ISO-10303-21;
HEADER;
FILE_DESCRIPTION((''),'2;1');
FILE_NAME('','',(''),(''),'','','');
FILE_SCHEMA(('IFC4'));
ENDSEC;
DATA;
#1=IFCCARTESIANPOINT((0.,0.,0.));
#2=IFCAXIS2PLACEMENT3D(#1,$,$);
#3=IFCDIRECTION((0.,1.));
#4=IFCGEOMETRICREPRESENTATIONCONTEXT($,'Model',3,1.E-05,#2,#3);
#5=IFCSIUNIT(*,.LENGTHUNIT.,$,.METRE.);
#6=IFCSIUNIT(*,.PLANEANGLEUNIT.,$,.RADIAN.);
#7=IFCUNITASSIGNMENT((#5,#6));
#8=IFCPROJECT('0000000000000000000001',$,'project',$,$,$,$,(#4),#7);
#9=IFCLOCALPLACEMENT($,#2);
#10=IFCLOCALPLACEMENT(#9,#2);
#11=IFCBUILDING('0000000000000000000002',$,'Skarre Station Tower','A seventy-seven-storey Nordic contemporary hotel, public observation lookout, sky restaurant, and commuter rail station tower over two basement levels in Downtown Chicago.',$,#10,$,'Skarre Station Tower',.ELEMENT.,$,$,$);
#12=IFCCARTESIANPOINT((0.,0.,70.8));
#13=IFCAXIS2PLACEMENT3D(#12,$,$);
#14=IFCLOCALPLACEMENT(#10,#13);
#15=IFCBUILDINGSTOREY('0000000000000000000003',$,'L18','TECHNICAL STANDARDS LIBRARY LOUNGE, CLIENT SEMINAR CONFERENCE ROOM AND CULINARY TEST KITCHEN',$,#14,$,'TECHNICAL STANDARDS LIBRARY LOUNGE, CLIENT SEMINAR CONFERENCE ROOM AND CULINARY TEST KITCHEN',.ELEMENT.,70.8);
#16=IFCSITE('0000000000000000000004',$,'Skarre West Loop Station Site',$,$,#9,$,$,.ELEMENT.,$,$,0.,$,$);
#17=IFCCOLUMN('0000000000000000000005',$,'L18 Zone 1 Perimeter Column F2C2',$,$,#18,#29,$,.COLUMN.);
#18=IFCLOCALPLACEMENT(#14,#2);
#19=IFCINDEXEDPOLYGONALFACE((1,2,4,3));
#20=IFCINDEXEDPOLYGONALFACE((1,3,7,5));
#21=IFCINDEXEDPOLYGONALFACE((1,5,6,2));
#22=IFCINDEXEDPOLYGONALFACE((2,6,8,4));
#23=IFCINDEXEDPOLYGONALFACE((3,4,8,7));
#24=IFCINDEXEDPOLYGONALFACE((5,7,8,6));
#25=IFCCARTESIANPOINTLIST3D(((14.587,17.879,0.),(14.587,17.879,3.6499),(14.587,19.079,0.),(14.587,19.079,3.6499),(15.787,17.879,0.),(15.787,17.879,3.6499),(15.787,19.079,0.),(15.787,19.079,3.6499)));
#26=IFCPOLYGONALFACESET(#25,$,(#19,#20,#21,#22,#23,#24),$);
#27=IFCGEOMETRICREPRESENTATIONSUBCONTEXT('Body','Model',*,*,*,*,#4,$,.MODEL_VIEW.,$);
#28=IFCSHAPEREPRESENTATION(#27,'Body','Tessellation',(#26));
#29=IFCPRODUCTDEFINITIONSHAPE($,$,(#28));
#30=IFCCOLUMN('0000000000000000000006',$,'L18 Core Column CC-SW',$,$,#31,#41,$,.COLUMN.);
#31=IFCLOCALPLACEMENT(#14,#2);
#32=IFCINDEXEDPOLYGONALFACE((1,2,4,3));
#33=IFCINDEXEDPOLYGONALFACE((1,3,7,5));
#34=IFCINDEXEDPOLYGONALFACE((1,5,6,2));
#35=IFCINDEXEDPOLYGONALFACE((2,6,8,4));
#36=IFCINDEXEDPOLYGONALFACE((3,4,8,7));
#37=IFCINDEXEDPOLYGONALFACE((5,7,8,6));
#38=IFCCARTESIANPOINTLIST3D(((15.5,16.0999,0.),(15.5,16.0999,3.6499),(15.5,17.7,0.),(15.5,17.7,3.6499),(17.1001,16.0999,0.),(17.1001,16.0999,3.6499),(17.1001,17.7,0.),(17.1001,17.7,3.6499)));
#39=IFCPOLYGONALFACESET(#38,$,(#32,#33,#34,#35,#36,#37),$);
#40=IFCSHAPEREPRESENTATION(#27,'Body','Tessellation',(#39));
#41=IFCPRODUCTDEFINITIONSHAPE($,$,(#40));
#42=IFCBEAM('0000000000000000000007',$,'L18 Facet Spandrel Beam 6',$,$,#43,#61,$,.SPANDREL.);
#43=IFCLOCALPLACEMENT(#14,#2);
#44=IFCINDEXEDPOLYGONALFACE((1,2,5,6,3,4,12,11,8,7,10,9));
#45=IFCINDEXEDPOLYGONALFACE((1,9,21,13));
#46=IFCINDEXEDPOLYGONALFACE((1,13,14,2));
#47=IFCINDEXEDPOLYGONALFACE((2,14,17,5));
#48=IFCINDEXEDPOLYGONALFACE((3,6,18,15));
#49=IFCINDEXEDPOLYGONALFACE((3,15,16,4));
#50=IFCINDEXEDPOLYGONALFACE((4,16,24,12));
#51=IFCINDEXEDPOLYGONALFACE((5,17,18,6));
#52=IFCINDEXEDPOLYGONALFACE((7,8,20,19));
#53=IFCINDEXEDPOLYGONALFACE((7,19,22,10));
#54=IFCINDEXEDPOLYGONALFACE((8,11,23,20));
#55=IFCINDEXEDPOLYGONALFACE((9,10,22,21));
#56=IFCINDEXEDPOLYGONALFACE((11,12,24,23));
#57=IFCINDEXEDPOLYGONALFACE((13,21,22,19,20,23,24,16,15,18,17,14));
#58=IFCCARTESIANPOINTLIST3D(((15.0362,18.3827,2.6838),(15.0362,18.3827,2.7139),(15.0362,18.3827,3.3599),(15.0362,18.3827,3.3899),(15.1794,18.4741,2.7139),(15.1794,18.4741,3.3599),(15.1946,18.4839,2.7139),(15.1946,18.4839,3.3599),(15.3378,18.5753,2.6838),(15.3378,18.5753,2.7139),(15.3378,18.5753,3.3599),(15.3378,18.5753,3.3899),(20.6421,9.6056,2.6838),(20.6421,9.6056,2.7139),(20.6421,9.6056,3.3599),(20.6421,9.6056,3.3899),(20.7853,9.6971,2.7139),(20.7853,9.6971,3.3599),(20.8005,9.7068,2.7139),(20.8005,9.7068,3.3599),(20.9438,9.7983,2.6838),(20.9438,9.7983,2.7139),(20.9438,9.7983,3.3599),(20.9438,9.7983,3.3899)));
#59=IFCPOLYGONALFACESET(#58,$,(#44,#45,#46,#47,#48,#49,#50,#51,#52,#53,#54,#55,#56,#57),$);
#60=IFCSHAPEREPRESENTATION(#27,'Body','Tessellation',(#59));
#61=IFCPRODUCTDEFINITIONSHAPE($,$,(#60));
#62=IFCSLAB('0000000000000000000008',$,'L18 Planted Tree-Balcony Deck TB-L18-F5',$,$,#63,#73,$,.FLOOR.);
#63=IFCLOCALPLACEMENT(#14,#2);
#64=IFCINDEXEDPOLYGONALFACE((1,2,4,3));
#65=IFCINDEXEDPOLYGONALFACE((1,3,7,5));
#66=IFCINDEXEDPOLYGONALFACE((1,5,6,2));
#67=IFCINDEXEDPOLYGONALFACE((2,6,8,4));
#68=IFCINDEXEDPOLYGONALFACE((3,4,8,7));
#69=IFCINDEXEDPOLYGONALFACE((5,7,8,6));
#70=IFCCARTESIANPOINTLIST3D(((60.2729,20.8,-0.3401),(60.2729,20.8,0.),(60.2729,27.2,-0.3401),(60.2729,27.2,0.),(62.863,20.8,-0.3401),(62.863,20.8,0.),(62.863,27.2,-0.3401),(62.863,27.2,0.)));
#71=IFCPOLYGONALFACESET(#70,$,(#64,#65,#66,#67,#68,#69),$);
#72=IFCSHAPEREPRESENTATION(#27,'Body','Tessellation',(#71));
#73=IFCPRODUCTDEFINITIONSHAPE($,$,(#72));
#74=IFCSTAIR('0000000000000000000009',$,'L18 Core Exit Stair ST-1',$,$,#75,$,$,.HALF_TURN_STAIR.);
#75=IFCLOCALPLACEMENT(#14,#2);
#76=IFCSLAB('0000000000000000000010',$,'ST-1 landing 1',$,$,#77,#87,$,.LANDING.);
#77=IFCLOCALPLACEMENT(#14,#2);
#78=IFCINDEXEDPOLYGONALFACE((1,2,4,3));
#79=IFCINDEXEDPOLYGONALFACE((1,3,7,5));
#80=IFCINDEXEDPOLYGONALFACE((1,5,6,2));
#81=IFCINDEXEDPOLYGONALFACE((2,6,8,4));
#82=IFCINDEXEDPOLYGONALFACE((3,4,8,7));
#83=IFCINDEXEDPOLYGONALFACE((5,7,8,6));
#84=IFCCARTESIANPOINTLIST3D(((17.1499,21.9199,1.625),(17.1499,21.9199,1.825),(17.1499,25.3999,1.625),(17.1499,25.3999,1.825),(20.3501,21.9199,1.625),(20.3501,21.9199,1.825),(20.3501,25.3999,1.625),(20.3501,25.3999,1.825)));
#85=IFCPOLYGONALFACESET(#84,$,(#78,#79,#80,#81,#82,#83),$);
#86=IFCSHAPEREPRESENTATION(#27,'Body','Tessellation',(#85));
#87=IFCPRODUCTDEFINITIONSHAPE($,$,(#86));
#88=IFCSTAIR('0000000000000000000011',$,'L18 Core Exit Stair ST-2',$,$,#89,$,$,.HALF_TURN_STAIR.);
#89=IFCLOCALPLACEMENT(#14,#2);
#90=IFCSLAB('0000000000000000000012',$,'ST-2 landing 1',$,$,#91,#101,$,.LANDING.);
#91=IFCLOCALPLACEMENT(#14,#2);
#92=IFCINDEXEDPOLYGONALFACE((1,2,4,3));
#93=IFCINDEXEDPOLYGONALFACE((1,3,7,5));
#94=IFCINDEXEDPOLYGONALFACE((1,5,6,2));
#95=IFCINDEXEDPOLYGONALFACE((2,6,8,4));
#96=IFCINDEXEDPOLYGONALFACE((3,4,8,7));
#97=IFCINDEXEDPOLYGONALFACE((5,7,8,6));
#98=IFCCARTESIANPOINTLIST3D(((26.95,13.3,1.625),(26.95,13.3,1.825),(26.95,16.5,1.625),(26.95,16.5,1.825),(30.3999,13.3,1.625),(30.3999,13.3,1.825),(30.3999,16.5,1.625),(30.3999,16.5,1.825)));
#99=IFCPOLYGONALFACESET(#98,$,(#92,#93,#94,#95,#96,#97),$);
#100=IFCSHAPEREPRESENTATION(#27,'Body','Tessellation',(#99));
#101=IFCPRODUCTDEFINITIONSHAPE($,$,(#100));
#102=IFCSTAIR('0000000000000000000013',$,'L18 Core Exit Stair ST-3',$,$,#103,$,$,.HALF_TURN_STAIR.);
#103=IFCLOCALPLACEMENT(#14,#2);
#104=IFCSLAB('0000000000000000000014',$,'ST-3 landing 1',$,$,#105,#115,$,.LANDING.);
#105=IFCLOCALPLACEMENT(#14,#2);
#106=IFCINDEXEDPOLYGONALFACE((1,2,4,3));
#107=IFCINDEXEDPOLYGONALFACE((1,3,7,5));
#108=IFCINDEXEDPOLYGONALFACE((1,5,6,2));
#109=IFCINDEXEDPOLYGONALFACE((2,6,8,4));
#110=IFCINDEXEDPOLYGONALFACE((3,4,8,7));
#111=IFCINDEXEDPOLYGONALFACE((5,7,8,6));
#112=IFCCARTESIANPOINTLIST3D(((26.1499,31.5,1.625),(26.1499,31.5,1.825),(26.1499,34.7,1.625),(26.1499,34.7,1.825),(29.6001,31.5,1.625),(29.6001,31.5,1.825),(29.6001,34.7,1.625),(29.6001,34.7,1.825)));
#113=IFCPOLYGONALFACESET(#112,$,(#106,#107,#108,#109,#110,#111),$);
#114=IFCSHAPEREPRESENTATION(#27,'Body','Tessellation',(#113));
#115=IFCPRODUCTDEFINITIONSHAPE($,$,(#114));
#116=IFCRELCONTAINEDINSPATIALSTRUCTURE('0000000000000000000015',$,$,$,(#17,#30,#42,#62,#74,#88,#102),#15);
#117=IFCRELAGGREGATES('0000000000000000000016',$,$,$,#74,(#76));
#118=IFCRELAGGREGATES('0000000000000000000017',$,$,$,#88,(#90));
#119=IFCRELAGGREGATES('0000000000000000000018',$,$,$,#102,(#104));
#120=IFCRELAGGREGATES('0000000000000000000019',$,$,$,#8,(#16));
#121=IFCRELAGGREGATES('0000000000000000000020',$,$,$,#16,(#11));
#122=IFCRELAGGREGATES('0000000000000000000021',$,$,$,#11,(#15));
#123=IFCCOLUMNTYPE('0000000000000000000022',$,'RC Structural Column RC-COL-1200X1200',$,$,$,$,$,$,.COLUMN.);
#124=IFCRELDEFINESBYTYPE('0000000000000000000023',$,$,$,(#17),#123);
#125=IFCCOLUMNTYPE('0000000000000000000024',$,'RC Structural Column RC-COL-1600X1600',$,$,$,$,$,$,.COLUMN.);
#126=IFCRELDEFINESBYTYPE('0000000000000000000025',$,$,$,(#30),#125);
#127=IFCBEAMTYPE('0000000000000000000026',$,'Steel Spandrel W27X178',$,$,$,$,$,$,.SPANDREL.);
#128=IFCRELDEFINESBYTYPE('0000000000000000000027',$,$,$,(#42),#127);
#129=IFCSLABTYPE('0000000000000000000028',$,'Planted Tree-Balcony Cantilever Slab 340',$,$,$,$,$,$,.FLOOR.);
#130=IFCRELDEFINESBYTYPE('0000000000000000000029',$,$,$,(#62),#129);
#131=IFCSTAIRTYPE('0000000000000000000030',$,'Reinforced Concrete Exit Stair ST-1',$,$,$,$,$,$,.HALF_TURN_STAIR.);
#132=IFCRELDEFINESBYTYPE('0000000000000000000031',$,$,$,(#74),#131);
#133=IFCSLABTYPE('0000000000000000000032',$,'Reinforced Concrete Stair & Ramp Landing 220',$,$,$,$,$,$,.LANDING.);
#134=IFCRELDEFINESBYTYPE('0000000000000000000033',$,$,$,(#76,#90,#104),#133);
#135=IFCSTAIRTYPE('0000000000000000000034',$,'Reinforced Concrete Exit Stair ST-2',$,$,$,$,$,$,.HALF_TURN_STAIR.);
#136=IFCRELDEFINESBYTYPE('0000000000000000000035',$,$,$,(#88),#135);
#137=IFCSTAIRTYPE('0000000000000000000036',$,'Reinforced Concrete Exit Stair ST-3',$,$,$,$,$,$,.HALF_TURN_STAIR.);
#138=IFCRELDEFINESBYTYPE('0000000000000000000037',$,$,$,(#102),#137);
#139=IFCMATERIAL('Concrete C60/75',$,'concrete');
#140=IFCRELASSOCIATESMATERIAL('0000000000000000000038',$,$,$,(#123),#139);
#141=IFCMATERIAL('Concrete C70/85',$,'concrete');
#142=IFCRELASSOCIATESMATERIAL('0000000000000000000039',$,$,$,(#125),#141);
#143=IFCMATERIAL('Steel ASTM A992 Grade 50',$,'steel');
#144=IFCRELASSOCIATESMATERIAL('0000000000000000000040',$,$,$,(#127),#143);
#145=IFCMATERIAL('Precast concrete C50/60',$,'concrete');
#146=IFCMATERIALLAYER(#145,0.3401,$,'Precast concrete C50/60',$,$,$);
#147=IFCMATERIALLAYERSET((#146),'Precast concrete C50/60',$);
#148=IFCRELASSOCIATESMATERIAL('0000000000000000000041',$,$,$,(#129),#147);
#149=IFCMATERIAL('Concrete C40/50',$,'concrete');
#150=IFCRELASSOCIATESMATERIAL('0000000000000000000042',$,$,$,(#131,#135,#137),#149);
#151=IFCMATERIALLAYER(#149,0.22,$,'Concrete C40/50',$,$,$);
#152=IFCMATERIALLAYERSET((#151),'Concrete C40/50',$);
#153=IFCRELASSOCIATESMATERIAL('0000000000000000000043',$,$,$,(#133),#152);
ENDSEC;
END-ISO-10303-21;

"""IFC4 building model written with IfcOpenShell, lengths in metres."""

from ifc_helpers import new_model, si_unit, direction, frame, origin, origin_2d, place, context, subcontext, project, spatial, polyline, rectangle, i_section, outline, extrude, material, layer, layer_set, material_profile, profile_set, type_object, element, aggregate, save


model = new_model("IFC4")

# Units and contexts
model_context = context("Model", 3, precision=1e-05, world=origin(), true_north=direction((0.0, 1.0)))
body_context = subcontext(model_context, "Body", "Model", "MODEL_VIEW")
ifc_project = project(units=[si_unit("LENGTHUNIT", "METRE"), si_unit("PLANEANGLEUNIT", "RADIAN")], contexts=[model_context])

# Site, building, storey
site_placement = place(None, origin())
site = spatial("IfcSite", under=ifc_project, at=site_placement, Name="Skarre West Loop Station Site", CompositionType="ELEMENT", RefElevation=0.0)
building_placement = place(site_placement, origin())
building = spatial("IfcBuilding", under=site, at=building_placement, Name="Skarre Station Tower", Description="A seventy-seven-storey Nordic contemporary hotel, public observation lookout, sky restaurant, and commuter rail station tower over two basement levels in Downtown Chicago.", LongName="Skarre Station Tower", CompositionType="ELEMENT")
storey_placement = place(building_placement, frame((0.0, 0.0, 70.8)))
storey = spatial("IfcBuildingStorey", under=building, at=storey_placement, Name="L18", Description="TECHNICAL STANDARDS LIBRARY LOUNGE, CLIENT SEMINAR CONFERENCE ROOM AND CULINARY TEST KITCHEN", LongName="TECHNICAL STANDARDS LIBRARY LOUNGE, CLIENT SEMINAR CONFERENCE ROOM AND CULINARY TEST KITCHEN", CompositionType="ELEMENT", Elevation=70.8)

# Columns
ifc_material_1 = material(Name="Concrete C60/75", Category="concrete")
ifc_material_profile_1 = material_profile(ifc_material_1, rectangle(XDim=1.2, YDim=1.2, at=origin_2d()), Name="Concrete C60/75")
ifc_profile_set_1 = profile_set([ifc_material_profile_1], Name="Concrete C60/75")
column_type_1 = type_object("IfcColumnType", Name="RC Structural Column RC-COL-1200X1200", PredefinedType="COLUMN", material=ifc_profile_set_1)
column_1_placement = place(storey_placement, frame((15.187, 18.479, 0.0), z_axis=(0.0, 0.0, 1.0), x_axis=(1.0, 0.0, 0.0)))
element("IfcColumn", 1, at=column_1_placement, inside=storey, type_object=column_type_1, Name="L18 Zone 1 Perimeter Column F2C2", PredefinedType="COLUMN", context=body_context, shape_type="SweptSolid", body=[
    extrude(rectangle(XDim=1.2, YDim=1.2, at=origin_2d()), origin(), (0.0, 0.0, 1.0), 3.6499),
])
ifc_material_2 = material(Name="Concrete C70/85", Category="concrete")
ifc_material_profile_2 = material_profile(ifc_material_2, rectangle(XDim=1.6001, YDim=1.6001, at=origin_2d()), Name="Concrete C70/85")
ifc_profile_set_2 = profile_set([ifc_material_profile_2], Name="Concrete C70/85")
column_type_2 = type_object("IfcColumnType", Name="RC Structural Column RC-COL-1600X1600", PredefinedType="COLUMN", material=ifc_profile_set_2)
column_2_placement = place(storey_placement, frame((16.3, 16.8999, 0.0), z_axis=(0.0, 0.0, 1.0), x_axis=(1.0, 0.0, 0.0)))
element("IfcColumn", 2, at=column_2_placement, inside=storey, type_object=column_type_2, Name="L18 Core Column CC-SW", PredefinedType="COLUMN", context=body_context, shape_type="SweptSolid", body=[
    extrude(rectangle(XDim=1.6001, YDim=1.6001, at=origin_2d()), origin(), (0.0, 0.0, 1.0), 3.6499),
])

# Beam
ifc_material_3 = material(Name="Steel ASTM A992 Grade 50", Category="steel")
ifc_material_profile_3 = material_profile(ifc_material_3, i_section(OverallWidth=0.3579, OverallDepth=0.7061, WebThickness=0.0181, FlangeThickness=0.03, at=origin_2d()), Name="Steel ASTM A992 Grade 50")
ifc_profile_set_3 = profile_set([ifc_material_profile_3], Name="Steel ASTM A992 Grade 50")
beam_type = type_object("IfcBeamType", Name="Steel Spandrel W27X178", PredefinedType="SPANDREL", material=ifc_profile_set_3)
beam_placement = place(storey_placement, frame((15.187, 18.479, 3.0369), z_axis=(0.538278, -0.842767, 0.0), x_axis=(0.842767, 0.538278, 0.0)))
element("IfcBeam", 3, at=beam_placement, inside=storey, type_object=beam_type, Name="L18 Facet Spandrel Beam 6", PredefinedType="SPANDREL", context=body_context, shape_type="SweptSolid", body=[
    extrude(i_section(OverallWidth=0.3579, OverallDepth=0.7061, WebThickness=0.0181, FlangeThickness=0.03, at=origin_2d()), origin(), (0.0, 0.0, 1.0), 10.4146),
])

# Slab
ifc_material_4 = material(Name="Precast concrete C50/60", Category="concrete")
ifc_layer_1 = layer(ifc_material_4, 0.3401, Name="Precast concrete C50/60")
ifc_layer_set_1 = layer_set([ifc_layer_1], Name="Precast concrete C50/60")
slab_type_1 = type_object("IfcSlabType", Name="Planted Tree-Balcony Cantilever Slab 340", PredefinedType="FLOOR", material=ifc_layer_set_1)
slab_1_placement = place(storey_placement, frame((0.0, 0.0, -0.3401)))
element("IfcSlab", 4, at=slab_1_placement, inside=storey, type_object=slab_type_1, Name="L18 Planted Tree-Balcony Deck TB-L18-F5", PredefinedType="FLOOR", context=body_context, shape_type="SweptSolid", body=[
    extrude(outline(polyline([(60.2729, 20.8), (60.2729, 27.2), (62.863, 27.2), (62.863, 20.8), (60.2729, 20.8)])), origin(), (0.0, 0.0, 1.0), 0.3401),
])

# Stairs, slabs
ifc_material_5 = material(Name="Concrete C40/50", Category="concrete")
stair_type_1 = type_object("IfcStairType", Name="Reinforced Concrete Exit Stair ST-1", PredefinedType="HALF_TURN_STAIR", material=ifc_material_5)
stair_1_placement = place(storey_placement, origin())
stair_1 = element("IfcStair", 5, at=stair_1_placement, inside=storey, type_object=stair_type_1, Name="L18 Core Exit Stair ST-1", PredefinedType="HALF_TURN_STAIR")
ifc_layer_2 = layer(ifc_material_5, 0.22, Name="Concrete C40/50")
ifc_layer_set_2 = layer_set([ifc_layer_2], Name="Concrete C40/50")
slab_type_2 = type_object("IfcSlabType", Name="Reinforced Concrete Stair & Ramp Landing 220", PredefinedType="LANDING", material=ifc_layer_set_2)
slab_2_placement = place(storey_placement, frame((0.0, 0.0, 1.625)))
slab_2 = element("IfcSlab", 6, at=slab_2_placement, type_object=slab_type_2, Name="ST-1 landing 1", PredefinedType="LANDING", context=body_context, shape_type="SweptSolid", body=[
    extrude(outline(polyline([(20.3501, 21.9199), (20.3501, 25.3999), (17.1499, 25.3999), (17.1499, 21.9199), (20.3501, 21.9199)])), origin(), (0.0, 0.0, 1.0), 0.2),
])
aggregate(stair_1, [slab_2])
stair_type_2 = type_object("IfcStairType", Name="Reinforced Concrete Exit Stair ST-2", PredefinedType="HALF_TURN_STAIR", material=ifc_material_5)
stair_2_placement = place(storey_placement, origin())
stair_2 = element("IfcStair", 7, at=stair_2_placement, inside=storey, type_object=stair_type_2, Name="L18 Core Exit Stair ST-2", PredefinedType="HALF_TURN_STAIR")
slab_3_placement = place(storey_placement, frame((0.0, 0.0, 1.625)))
slab_3 = element("IfcSlab", 8, at=slab_3_placement, type_object=slab_type_2, Name="ST-2 landing 1", PredefinedType="LANDING", context=body_context, shape_type="SweptSolid", body=[
    extrude(outline(polyline([(26.95, 13.3), (30.3999, 13.3), (30.3999, 16.5), (26.95, 16.5), (26.95, 13.3)])), origin(), (0.0, 0.0, 1.0), 0.2),
])
aggregate(stair_2, [slab_3])
stair_type_3 = type_object("IfcStairType", Name="Reinforced Concrete Exit Stair ST-3", PredefinedType="HALF_TURN_STAIR", material=ifc_material_5)
stair_3_placement = place(storey_placement, origin())
stair_3 = element("IfcStair", 9, at=stair_3_placement, inside=storey, type_object=stair_type_3, Name="L18 Core Exit Stair ST-3", PredefinedType="HALF_TURN_STAIR")
slab_4_placement = place(storey_placement, frame((0.0, 0.0, 1.625)))
slab_4 = element("IfcSlab", 10, at=slab_4_placement, type_object=slab_type_2, Name="ST-3 landing 1", PredefinedType="LANDING", context=body_context, shape_type="SweptSolid", body=[
    extrude(outline(polyline([(26.1499, 31.5), (29.6001, 31.5), (29.6001, 34.7), (26.1499, 34.7), (26.1499, 31.5)])), origin(), (0.0, 0.0, 1.0), 0.2),
])
aggregate(stair_3, [slab_4])

save(model, "model.ifc")
